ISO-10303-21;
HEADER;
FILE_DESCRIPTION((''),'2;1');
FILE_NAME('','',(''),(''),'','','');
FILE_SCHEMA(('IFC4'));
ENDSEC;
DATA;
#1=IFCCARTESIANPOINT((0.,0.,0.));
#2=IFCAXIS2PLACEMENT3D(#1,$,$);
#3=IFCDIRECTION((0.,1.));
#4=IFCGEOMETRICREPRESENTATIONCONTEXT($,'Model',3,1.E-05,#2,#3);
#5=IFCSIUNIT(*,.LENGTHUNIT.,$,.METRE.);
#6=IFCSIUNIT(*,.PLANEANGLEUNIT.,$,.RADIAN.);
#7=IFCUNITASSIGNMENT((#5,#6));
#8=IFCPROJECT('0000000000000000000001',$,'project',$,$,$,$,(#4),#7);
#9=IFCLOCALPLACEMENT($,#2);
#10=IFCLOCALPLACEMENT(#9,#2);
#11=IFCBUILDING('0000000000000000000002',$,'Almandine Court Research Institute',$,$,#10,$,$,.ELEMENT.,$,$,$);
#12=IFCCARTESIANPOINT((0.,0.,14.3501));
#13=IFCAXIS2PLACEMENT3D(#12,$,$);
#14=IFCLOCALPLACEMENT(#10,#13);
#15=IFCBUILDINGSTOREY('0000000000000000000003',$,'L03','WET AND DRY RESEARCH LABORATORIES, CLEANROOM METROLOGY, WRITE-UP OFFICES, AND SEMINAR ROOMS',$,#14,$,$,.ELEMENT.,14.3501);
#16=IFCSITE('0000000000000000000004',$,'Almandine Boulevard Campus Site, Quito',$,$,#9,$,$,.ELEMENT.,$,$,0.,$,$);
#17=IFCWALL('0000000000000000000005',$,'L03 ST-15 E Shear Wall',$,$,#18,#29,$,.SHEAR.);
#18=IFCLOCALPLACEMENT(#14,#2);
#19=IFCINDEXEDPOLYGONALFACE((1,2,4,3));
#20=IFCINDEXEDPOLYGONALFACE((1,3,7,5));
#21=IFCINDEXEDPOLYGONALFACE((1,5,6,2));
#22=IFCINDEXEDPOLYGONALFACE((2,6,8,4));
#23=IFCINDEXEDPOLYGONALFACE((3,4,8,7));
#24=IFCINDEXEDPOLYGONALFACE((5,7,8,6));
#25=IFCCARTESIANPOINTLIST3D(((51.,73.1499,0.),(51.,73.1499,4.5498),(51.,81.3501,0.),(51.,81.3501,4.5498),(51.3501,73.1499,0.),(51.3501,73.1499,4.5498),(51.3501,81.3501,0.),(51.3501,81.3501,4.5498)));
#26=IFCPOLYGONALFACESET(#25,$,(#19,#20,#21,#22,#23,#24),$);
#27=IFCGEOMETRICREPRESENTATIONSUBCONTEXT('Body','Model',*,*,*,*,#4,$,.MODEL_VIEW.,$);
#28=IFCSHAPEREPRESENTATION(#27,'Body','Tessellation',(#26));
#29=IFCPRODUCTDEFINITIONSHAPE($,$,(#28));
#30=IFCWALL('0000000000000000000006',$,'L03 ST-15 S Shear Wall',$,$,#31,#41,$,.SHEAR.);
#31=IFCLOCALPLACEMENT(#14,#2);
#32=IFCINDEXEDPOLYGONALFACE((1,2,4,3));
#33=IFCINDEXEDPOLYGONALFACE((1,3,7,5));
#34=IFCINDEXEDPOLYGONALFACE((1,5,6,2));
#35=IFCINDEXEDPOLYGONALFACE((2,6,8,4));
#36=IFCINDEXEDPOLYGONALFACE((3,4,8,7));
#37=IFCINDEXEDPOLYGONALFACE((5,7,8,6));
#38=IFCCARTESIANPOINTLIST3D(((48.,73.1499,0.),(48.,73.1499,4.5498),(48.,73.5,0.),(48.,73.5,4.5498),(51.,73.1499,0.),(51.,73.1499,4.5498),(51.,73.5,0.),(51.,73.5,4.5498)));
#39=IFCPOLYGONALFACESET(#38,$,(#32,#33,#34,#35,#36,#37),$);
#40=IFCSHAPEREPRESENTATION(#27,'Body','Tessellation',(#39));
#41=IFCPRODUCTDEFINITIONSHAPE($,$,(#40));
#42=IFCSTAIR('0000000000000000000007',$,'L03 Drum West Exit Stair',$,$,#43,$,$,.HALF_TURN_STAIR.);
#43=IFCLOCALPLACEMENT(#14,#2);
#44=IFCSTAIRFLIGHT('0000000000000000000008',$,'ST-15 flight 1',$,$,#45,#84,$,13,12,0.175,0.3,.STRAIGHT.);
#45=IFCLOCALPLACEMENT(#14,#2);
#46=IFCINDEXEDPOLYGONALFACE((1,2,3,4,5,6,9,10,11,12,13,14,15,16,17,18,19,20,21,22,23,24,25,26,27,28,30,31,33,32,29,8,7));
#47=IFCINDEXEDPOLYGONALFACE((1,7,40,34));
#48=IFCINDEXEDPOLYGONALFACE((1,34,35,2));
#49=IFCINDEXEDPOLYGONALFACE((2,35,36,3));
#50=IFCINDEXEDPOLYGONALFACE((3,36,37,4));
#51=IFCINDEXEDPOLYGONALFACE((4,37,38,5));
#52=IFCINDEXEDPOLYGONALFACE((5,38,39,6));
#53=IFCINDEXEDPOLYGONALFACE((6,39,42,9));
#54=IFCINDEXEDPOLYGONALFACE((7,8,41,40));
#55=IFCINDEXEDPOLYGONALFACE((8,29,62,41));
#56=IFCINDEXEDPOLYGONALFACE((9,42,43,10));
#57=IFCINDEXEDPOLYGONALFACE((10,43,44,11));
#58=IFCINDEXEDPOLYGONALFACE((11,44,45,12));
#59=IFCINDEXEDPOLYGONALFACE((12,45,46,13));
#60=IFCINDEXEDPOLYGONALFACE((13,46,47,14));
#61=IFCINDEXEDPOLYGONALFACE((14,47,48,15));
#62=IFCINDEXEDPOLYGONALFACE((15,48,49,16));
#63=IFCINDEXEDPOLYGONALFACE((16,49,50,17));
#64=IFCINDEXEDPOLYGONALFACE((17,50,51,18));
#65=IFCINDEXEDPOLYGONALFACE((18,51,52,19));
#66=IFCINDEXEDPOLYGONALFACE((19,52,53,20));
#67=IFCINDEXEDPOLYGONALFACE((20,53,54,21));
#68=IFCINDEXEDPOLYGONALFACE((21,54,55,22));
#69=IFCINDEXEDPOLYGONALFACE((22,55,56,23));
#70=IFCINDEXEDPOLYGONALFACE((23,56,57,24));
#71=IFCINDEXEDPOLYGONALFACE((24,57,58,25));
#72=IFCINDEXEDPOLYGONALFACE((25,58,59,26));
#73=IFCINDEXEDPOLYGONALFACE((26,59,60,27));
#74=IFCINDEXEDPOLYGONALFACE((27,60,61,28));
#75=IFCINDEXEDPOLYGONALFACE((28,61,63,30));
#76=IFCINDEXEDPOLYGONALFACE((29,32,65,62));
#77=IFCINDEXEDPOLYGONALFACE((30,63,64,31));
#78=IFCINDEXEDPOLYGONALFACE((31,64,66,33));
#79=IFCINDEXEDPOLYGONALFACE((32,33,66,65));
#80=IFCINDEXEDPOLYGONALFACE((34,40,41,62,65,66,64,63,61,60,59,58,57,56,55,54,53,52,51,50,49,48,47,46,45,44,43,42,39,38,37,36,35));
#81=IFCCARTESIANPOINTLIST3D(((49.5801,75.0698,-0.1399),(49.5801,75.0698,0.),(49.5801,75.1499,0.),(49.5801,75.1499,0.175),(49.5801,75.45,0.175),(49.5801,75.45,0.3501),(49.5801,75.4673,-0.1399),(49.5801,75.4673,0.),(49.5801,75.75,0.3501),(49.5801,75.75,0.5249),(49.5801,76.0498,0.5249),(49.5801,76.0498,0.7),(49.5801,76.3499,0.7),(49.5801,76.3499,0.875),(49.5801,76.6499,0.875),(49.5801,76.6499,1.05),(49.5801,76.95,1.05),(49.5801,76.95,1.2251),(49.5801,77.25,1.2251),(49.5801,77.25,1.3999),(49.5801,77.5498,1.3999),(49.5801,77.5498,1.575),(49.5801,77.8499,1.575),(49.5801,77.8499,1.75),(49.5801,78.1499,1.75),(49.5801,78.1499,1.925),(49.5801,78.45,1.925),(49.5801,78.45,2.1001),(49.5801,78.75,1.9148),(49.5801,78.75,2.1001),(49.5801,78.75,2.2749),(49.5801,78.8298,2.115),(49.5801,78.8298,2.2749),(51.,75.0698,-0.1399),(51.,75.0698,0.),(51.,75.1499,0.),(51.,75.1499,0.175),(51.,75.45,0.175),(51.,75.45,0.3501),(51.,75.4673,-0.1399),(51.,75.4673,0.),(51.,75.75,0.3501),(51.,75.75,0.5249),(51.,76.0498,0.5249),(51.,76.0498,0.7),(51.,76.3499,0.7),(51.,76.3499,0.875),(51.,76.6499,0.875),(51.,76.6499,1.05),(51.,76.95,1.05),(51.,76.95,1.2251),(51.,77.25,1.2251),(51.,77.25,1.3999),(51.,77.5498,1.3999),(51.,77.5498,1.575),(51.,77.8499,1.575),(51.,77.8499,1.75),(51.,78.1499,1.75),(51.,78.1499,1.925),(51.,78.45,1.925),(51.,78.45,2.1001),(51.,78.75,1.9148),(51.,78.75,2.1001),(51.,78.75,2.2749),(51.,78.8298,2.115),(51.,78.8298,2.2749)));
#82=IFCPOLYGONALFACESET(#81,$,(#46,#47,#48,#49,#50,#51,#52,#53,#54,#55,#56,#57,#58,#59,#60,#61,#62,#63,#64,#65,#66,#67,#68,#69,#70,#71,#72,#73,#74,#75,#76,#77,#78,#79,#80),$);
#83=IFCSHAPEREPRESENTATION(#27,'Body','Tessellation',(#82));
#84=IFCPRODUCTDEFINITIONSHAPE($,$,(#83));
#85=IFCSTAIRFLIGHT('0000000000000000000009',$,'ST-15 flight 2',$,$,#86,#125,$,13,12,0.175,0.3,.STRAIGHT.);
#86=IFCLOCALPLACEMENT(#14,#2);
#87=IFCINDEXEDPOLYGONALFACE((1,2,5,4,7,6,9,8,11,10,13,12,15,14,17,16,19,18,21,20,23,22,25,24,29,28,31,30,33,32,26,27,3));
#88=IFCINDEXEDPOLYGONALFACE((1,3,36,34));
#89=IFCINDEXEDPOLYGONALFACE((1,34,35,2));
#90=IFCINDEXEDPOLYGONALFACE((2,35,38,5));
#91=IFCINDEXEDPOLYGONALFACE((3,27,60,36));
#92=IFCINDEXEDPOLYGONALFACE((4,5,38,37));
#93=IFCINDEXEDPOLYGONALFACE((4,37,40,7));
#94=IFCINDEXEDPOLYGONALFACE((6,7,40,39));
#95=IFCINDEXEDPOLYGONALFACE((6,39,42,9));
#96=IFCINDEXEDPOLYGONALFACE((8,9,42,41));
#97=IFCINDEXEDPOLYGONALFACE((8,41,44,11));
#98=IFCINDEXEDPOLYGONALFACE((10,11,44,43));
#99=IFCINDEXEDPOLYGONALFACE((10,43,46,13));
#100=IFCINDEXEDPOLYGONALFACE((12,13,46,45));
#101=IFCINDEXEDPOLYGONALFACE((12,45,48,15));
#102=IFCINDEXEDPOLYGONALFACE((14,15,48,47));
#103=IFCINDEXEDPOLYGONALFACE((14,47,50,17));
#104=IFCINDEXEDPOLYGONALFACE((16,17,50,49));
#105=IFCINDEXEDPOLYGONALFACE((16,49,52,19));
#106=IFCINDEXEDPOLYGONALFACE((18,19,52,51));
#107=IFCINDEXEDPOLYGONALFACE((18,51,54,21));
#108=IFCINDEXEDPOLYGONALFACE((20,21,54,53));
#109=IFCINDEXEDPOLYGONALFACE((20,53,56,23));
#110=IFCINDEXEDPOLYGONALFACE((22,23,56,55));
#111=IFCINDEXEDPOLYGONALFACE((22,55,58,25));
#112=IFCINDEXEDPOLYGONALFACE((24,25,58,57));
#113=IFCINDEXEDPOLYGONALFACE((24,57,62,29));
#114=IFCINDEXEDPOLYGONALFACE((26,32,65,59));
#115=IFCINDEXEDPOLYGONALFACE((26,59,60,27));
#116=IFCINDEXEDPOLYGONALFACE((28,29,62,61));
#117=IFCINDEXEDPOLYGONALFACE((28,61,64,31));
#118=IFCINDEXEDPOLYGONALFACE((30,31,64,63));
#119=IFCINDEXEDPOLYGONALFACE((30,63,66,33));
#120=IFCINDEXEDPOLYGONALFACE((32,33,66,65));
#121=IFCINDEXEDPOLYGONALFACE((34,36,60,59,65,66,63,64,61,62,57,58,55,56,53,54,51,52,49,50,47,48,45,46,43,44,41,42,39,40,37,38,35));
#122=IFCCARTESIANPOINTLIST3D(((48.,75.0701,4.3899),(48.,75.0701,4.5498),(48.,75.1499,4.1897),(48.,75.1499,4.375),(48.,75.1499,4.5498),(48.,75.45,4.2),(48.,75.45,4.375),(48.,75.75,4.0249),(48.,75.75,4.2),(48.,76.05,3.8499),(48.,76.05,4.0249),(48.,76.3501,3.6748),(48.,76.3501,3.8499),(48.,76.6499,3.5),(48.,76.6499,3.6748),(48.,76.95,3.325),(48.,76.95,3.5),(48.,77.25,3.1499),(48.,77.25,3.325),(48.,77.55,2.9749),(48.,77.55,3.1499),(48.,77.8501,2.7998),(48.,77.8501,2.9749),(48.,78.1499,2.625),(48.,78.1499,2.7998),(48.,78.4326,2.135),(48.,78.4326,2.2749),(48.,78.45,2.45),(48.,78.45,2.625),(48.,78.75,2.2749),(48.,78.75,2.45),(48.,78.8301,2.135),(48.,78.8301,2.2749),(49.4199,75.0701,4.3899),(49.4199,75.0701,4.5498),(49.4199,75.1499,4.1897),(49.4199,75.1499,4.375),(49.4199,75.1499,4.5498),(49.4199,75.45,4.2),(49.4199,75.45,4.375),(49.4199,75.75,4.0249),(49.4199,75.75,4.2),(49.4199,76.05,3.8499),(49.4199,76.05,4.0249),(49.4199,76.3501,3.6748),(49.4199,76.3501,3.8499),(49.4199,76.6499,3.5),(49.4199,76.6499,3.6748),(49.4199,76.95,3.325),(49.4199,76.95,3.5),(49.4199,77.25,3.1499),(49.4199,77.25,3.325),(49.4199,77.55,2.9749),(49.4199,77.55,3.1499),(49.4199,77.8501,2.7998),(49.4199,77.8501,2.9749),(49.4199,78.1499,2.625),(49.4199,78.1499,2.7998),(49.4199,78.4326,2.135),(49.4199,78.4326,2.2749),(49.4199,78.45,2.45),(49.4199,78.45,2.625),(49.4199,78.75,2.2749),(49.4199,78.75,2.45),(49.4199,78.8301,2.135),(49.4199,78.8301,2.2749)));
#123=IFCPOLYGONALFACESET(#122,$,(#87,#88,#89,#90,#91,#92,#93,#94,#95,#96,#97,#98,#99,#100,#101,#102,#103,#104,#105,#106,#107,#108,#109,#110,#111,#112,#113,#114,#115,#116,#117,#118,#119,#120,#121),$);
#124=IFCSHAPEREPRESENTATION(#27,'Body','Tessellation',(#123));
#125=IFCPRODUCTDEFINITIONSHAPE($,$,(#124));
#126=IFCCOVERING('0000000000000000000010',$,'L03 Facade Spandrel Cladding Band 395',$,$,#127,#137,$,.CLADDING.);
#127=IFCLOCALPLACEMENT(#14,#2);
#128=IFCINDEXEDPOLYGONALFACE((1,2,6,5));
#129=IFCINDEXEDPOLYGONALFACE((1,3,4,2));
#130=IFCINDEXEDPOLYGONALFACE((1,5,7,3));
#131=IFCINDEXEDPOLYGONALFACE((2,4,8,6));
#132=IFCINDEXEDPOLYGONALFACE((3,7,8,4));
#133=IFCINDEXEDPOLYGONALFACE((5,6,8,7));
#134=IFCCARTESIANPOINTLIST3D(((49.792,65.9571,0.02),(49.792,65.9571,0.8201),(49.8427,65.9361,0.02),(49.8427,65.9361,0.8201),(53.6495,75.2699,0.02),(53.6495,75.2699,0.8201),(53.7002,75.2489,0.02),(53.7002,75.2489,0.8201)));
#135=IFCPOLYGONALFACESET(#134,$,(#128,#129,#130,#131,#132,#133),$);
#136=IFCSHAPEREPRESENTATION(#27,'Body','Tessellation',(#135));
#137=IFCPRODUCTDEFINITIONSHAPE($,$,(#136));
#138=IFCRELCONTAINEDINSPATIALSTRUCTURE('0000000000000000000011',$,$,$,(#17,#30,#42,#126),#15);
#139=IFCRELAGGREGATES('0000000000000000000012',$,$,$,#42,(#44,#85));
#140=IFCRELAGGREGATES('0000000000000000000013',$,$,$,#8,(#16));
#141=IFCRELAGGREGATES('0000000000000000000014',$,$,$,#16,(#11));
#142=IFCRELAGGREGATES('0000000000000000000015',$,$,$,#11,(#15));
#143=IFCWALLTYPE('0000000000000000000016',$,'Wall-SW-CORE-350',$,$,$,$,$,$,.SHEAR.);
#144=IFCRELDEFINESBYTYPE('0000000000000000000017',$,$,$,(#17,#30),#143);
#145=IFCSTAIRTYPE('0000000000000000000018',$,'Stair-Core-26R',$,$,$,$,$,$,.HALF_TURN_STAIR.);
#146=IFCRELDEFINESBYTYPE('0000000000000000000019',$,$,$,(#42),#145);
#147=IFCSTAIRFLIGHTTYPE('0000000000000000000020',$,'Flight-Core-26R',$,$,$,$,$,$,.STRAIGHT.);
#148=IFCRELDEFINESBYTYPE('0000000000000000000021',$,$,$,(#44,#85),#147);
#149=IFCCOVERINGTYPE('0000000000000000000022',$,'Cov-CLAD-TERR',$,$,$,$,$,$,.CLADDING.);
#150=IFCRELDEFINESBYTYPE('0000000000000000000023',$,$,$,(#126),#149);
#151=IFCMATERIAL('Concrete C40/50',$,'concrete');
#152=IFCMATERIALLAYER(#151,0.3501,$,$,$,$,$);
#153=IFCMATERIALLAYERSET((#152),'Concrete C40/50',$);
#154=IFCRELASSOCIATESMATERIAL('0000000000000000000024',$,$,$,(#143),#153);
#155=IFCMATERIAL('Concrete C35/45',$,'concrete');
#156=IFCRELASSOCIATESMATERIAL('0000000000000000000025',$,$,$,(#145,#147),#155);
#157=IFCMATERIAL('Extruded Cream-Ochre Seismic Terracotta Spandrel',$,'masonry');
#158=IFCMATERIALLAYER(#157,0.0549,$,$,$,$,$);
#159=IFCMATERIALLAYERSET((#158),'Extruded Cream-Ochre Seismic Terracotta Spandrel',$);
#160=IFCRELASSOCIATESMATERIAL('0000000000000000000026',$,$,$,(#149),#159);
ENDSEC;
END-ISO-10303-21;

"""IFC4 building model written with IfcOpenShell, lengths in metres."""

from ifc_helpers import new_model, si_unit, direction, frame, frame_2d, origin, origin_2d, place, context, subcontext, project, spatial, polyline, rectangle, outline, extrude, material, layer, layer_set, type_object, element, aggregate, save


model = new_model("IFC4")

# Units and contexts
model_context = context("Model", 3, precision=1e-05, world=origin(), true_north=direction((0.0, 1.0)))
body_context = subcontext(model_context, "Body", "Model", "MODEL_VIEW")
ifc_project = project(units=[si_unit("LENGTHUNIT", "METRE"), si_unit("PLANEANGLEUNIT", "RADIAN")], contexts=[model_context])

# Site, building, storey
site_placement = place(None, origin())
site = spatial("IfcSite", under=ifc_project, at=site_placement, Name="Almandine Boulevard Campus Site, Quito", CompositionType="ELEMENT", RefElevation=0.0)
building_placement = place(site_placement, origin())
building = spatial("IfcBuilding", under=site, at=building_placement, Name="Almandine Court Research Institute", CompositionType="ELEMENT")
storey_placement = place(building_placement, frame((0.0, 0.0, 14.3501)))
storey = spatial("IfcBuildingStorey", under=building, at=storey_placement, Name="L03", Description="WET AND DRY RESEARCH LABORATORIES, CLEANROOM METROLOGY, WRITE-UP OFFICES, AND SEMINAR ROOMS", CompositionType="ELEMENT", Elevation=14.3501)

# Shared definitions
ifc_material_1 = material(Name="Concrete C40/50", Category="concrete")
ifc_layer_1 = layer(ifc_material_1, 0.3501)
ifc_layer_set_1 = layer_set([ifc_layer_1], Name="Concrete C40/50")
wall_type_1 = type_object("IfcWallType", Name="Wall-SW-CORE-350", PredefinedType="SHEAR", material=ifc_layer_set_1)

# Walls
wall_1_placement = place(storey_placement, frame((51.175, 81.3501, 0.0), z_axis=(0.0, 0.0, 1.0), x_axis=(0.0, -1.0, 0.0)))
element("IfcWall", 1, at=wall_1_placement, inside=storey, type_object=wall_type_1, Name="L03 ST-15 E Shear Wall", PredefinedType="SHEAR", context=body_context, shape_type="SweptSolid", body=[
    extrude(rectangle(XDim=8.2002, YDim=0.3501, at=frame_2d((4.1001, 0.0))), origin(), (0.0, 0.0, 1.0), 4.5498),
])
wall_2_placement = place(storey_placement, frame((51.0, 73.325, 0.0), z_axis=(0.0, 0.0, 1.0), x_axis=(-1.0, 0.0, 0.0)))
element("IfcWall", 2, at=wall_2_placement, inside=storey, type_object=wall_type_1, Name="L03 ST-15 S Shear Wall", PredefinedType="SHEAR", context=body_context, shape_type="SweptSolid", body=[
    extrude(rectangle(XDim=3.0, YDim=0.3501, at=frame_2d((1.5, 0.0))), origin(), (0.0, 0.0, 1.0), 4.5498),
])

# Stair, stair flights
ifc_material_2 = material(Name="Concrete C35/45", Category="concrete")
stair_type = type_object("IfcStairType", Name="Stair-Core-26R", PredefinedType="HALF_TURN_STAIR", material=ifc_material_2)
stair_placement = place(storey_placement, origin())
stair = element("IfcStair", 3, at=stair_placement, inside=storey, type_object=stair_type, Name="L03 Drum West Exit Stair", PredefinedType="HALF_TURN_STAIR")
stair_flight_type = type_object("IfcStairFlightType", Name="Flight-Core-26R", PredefinedType="STRAIGHT", material=ifc_material_2)
stair_flight_1_placement = place(storey_placement, frame((50.29, 75.1499, 0.0), z_axis=(0.0, 0.0, 1.0), x_axis=(0.0, 1.0, 0.0)))
stair_flight_1 = element("IfcStairFlight", 4, at=stair_flight_1_placement, type_object=stair_flight_type, Name="ST-15 flight 1", NumberOfRisers=13, NumberOfTreads=12, PredefinedType="STRAIGHT", RiserHeight=0.175, TreadLength=0.3, context=body_context, shape_type="SweptSolid", body=[
    extrude(outline(polyline([(-0.0801, -0.1399), (-0.0801, 0.0), (0.0, 0.0), (0.0, 0.175), (0.3, 0.175), (0.3, 0.3501), (0.6001, 0.3501), (0.6001, 0.5249), (0.8999, 0.5249), (0.8999, 0.7), (1.2, 0.7), (1.2, 0.875), (1.5, 0.875), (1.5, 1.05), (1.8, 1.05), (1.8, 1.2251), (2.1001, 1.2251), (2.1001, 1.3999), (2.3999, 1.3999), (2.3999, 1.575), (2.7, 1.575), (2.7, 1.75), (3.0, 1.75), (3.0, 1.925), (3.3, 1.925), (3.3, 2.1001), (3.6001, 2.1001), (3.6001, 2.2749), (3.6799, 2.2749), (3.6799, 2.115), (3.6001, 1.9148), (0.3174, 0.0), (0.3174, -0.1399), (-0.0801, -0.1399)])), frame((0.0, 0.71, 0.0), z_axis=(0.0, -1.0, 0.0), x_axis=(1.0, 0.0, 0.0)), (0.0, 0.0, 1.0), 1.4199),
])
stair_flight_2_placement = place(storey_placement, frame((48.71, 78.75, 2.2749), z_axis=(0.0, 0.0, 1.0), x_axis=(0.0, -1.0, 0.0)))
stair_flight_2 = element("IfcStairFlight", 5, at=stair_flight_2_placement, type_object=stair_flight_type, Name="ST-15 flight 2", NumberOfRisers=13, NumberOfTreads=12, PredefinedType="STRAIGHT", RiserHeight=0.175, TreadLength=0.3, context=body_context, shape_type="SweptSolid", body=[
    extrude(outline(polyline([(-0.0801, -0.1399), (-0.0801, 0.0), (0.0, 0.0), (0.0, 0.175), (0.3, 0.175), (0.3, 0.3501), (0.6001, 0.3501), (0.6001, 0.5249), (0.8999, 0.5249), (0.8999, 0.7), (1.2, 0.7), (1.2, 0.875), (1.5, 0.875), (1.5, 1.05), (1.8, 1.05), (1.8, 1.2251), (2.1001, 1.2251), (2.1001, 1.3999), (2.3999, 1.3999), (2.3999, 1.575), (2.7, 1.575), (2.7, 1.75), (3.0, 1.75), (3.0, 1.925), (3.3, 1.925), (3.3, 2.1001), (3.6001, 2.1001), (3.6001, 2.2749), (3.6799, 2.2749), (3.6799, 2.115), (3.6001, 1.9148), (0.3174, 0.0), (0.3174, -0.1399), (-0.0801, -0.1399)])), frame((0.0, 0.71, 0.0), z_axis=(0.0, -1.0, 0.0), x_axis=(1.0, 0.0, 0.0)), (0.0, 0.0, 1.0), 1.4199),
])
aggregate(stair, [stair_flight_1, stair_flight_2])

# Covering
ifc_material_3 = material(Name="Extruded Cream-Ochre Seismic Terracotta Spandrel", Category="masonry")
ifc_layer_2 = layer(ifc_material_3, 0.0549)
ifc_layer_set_2 = layer_set([ifc_layer_2], Name="Extruded Cream-Ochre Seismic Terracotta Spandrel")
covering_type = type_object("IfcCoveringType", Name="Cov-CLAD-TERR", PredefinedType="CLADDING", material=ifc_layer_set_2)
covering_placement = place(storey_placement, frame((51.7461, 70.603, 0.02), z_axis=(0.0, 0.0, 1.0), x_axis=(-0.382683, -0.92388, 0.0)))
element("IfcCovering", 6, at=covering_placement, inside=storey, type_object=covering_type, Name="L03 Facade Spandrel Cladding Band 395", PredefinedType="CLADDING", context=body_context, shape_type="SweptSolid", body=[
    extrude(rectangle(XDim=10.0801, YDim=0.0549, at=origin_2d()), origin(), (0.0, 0.0, 1.0), 0.8),
])

save(model, "model.ifc")
